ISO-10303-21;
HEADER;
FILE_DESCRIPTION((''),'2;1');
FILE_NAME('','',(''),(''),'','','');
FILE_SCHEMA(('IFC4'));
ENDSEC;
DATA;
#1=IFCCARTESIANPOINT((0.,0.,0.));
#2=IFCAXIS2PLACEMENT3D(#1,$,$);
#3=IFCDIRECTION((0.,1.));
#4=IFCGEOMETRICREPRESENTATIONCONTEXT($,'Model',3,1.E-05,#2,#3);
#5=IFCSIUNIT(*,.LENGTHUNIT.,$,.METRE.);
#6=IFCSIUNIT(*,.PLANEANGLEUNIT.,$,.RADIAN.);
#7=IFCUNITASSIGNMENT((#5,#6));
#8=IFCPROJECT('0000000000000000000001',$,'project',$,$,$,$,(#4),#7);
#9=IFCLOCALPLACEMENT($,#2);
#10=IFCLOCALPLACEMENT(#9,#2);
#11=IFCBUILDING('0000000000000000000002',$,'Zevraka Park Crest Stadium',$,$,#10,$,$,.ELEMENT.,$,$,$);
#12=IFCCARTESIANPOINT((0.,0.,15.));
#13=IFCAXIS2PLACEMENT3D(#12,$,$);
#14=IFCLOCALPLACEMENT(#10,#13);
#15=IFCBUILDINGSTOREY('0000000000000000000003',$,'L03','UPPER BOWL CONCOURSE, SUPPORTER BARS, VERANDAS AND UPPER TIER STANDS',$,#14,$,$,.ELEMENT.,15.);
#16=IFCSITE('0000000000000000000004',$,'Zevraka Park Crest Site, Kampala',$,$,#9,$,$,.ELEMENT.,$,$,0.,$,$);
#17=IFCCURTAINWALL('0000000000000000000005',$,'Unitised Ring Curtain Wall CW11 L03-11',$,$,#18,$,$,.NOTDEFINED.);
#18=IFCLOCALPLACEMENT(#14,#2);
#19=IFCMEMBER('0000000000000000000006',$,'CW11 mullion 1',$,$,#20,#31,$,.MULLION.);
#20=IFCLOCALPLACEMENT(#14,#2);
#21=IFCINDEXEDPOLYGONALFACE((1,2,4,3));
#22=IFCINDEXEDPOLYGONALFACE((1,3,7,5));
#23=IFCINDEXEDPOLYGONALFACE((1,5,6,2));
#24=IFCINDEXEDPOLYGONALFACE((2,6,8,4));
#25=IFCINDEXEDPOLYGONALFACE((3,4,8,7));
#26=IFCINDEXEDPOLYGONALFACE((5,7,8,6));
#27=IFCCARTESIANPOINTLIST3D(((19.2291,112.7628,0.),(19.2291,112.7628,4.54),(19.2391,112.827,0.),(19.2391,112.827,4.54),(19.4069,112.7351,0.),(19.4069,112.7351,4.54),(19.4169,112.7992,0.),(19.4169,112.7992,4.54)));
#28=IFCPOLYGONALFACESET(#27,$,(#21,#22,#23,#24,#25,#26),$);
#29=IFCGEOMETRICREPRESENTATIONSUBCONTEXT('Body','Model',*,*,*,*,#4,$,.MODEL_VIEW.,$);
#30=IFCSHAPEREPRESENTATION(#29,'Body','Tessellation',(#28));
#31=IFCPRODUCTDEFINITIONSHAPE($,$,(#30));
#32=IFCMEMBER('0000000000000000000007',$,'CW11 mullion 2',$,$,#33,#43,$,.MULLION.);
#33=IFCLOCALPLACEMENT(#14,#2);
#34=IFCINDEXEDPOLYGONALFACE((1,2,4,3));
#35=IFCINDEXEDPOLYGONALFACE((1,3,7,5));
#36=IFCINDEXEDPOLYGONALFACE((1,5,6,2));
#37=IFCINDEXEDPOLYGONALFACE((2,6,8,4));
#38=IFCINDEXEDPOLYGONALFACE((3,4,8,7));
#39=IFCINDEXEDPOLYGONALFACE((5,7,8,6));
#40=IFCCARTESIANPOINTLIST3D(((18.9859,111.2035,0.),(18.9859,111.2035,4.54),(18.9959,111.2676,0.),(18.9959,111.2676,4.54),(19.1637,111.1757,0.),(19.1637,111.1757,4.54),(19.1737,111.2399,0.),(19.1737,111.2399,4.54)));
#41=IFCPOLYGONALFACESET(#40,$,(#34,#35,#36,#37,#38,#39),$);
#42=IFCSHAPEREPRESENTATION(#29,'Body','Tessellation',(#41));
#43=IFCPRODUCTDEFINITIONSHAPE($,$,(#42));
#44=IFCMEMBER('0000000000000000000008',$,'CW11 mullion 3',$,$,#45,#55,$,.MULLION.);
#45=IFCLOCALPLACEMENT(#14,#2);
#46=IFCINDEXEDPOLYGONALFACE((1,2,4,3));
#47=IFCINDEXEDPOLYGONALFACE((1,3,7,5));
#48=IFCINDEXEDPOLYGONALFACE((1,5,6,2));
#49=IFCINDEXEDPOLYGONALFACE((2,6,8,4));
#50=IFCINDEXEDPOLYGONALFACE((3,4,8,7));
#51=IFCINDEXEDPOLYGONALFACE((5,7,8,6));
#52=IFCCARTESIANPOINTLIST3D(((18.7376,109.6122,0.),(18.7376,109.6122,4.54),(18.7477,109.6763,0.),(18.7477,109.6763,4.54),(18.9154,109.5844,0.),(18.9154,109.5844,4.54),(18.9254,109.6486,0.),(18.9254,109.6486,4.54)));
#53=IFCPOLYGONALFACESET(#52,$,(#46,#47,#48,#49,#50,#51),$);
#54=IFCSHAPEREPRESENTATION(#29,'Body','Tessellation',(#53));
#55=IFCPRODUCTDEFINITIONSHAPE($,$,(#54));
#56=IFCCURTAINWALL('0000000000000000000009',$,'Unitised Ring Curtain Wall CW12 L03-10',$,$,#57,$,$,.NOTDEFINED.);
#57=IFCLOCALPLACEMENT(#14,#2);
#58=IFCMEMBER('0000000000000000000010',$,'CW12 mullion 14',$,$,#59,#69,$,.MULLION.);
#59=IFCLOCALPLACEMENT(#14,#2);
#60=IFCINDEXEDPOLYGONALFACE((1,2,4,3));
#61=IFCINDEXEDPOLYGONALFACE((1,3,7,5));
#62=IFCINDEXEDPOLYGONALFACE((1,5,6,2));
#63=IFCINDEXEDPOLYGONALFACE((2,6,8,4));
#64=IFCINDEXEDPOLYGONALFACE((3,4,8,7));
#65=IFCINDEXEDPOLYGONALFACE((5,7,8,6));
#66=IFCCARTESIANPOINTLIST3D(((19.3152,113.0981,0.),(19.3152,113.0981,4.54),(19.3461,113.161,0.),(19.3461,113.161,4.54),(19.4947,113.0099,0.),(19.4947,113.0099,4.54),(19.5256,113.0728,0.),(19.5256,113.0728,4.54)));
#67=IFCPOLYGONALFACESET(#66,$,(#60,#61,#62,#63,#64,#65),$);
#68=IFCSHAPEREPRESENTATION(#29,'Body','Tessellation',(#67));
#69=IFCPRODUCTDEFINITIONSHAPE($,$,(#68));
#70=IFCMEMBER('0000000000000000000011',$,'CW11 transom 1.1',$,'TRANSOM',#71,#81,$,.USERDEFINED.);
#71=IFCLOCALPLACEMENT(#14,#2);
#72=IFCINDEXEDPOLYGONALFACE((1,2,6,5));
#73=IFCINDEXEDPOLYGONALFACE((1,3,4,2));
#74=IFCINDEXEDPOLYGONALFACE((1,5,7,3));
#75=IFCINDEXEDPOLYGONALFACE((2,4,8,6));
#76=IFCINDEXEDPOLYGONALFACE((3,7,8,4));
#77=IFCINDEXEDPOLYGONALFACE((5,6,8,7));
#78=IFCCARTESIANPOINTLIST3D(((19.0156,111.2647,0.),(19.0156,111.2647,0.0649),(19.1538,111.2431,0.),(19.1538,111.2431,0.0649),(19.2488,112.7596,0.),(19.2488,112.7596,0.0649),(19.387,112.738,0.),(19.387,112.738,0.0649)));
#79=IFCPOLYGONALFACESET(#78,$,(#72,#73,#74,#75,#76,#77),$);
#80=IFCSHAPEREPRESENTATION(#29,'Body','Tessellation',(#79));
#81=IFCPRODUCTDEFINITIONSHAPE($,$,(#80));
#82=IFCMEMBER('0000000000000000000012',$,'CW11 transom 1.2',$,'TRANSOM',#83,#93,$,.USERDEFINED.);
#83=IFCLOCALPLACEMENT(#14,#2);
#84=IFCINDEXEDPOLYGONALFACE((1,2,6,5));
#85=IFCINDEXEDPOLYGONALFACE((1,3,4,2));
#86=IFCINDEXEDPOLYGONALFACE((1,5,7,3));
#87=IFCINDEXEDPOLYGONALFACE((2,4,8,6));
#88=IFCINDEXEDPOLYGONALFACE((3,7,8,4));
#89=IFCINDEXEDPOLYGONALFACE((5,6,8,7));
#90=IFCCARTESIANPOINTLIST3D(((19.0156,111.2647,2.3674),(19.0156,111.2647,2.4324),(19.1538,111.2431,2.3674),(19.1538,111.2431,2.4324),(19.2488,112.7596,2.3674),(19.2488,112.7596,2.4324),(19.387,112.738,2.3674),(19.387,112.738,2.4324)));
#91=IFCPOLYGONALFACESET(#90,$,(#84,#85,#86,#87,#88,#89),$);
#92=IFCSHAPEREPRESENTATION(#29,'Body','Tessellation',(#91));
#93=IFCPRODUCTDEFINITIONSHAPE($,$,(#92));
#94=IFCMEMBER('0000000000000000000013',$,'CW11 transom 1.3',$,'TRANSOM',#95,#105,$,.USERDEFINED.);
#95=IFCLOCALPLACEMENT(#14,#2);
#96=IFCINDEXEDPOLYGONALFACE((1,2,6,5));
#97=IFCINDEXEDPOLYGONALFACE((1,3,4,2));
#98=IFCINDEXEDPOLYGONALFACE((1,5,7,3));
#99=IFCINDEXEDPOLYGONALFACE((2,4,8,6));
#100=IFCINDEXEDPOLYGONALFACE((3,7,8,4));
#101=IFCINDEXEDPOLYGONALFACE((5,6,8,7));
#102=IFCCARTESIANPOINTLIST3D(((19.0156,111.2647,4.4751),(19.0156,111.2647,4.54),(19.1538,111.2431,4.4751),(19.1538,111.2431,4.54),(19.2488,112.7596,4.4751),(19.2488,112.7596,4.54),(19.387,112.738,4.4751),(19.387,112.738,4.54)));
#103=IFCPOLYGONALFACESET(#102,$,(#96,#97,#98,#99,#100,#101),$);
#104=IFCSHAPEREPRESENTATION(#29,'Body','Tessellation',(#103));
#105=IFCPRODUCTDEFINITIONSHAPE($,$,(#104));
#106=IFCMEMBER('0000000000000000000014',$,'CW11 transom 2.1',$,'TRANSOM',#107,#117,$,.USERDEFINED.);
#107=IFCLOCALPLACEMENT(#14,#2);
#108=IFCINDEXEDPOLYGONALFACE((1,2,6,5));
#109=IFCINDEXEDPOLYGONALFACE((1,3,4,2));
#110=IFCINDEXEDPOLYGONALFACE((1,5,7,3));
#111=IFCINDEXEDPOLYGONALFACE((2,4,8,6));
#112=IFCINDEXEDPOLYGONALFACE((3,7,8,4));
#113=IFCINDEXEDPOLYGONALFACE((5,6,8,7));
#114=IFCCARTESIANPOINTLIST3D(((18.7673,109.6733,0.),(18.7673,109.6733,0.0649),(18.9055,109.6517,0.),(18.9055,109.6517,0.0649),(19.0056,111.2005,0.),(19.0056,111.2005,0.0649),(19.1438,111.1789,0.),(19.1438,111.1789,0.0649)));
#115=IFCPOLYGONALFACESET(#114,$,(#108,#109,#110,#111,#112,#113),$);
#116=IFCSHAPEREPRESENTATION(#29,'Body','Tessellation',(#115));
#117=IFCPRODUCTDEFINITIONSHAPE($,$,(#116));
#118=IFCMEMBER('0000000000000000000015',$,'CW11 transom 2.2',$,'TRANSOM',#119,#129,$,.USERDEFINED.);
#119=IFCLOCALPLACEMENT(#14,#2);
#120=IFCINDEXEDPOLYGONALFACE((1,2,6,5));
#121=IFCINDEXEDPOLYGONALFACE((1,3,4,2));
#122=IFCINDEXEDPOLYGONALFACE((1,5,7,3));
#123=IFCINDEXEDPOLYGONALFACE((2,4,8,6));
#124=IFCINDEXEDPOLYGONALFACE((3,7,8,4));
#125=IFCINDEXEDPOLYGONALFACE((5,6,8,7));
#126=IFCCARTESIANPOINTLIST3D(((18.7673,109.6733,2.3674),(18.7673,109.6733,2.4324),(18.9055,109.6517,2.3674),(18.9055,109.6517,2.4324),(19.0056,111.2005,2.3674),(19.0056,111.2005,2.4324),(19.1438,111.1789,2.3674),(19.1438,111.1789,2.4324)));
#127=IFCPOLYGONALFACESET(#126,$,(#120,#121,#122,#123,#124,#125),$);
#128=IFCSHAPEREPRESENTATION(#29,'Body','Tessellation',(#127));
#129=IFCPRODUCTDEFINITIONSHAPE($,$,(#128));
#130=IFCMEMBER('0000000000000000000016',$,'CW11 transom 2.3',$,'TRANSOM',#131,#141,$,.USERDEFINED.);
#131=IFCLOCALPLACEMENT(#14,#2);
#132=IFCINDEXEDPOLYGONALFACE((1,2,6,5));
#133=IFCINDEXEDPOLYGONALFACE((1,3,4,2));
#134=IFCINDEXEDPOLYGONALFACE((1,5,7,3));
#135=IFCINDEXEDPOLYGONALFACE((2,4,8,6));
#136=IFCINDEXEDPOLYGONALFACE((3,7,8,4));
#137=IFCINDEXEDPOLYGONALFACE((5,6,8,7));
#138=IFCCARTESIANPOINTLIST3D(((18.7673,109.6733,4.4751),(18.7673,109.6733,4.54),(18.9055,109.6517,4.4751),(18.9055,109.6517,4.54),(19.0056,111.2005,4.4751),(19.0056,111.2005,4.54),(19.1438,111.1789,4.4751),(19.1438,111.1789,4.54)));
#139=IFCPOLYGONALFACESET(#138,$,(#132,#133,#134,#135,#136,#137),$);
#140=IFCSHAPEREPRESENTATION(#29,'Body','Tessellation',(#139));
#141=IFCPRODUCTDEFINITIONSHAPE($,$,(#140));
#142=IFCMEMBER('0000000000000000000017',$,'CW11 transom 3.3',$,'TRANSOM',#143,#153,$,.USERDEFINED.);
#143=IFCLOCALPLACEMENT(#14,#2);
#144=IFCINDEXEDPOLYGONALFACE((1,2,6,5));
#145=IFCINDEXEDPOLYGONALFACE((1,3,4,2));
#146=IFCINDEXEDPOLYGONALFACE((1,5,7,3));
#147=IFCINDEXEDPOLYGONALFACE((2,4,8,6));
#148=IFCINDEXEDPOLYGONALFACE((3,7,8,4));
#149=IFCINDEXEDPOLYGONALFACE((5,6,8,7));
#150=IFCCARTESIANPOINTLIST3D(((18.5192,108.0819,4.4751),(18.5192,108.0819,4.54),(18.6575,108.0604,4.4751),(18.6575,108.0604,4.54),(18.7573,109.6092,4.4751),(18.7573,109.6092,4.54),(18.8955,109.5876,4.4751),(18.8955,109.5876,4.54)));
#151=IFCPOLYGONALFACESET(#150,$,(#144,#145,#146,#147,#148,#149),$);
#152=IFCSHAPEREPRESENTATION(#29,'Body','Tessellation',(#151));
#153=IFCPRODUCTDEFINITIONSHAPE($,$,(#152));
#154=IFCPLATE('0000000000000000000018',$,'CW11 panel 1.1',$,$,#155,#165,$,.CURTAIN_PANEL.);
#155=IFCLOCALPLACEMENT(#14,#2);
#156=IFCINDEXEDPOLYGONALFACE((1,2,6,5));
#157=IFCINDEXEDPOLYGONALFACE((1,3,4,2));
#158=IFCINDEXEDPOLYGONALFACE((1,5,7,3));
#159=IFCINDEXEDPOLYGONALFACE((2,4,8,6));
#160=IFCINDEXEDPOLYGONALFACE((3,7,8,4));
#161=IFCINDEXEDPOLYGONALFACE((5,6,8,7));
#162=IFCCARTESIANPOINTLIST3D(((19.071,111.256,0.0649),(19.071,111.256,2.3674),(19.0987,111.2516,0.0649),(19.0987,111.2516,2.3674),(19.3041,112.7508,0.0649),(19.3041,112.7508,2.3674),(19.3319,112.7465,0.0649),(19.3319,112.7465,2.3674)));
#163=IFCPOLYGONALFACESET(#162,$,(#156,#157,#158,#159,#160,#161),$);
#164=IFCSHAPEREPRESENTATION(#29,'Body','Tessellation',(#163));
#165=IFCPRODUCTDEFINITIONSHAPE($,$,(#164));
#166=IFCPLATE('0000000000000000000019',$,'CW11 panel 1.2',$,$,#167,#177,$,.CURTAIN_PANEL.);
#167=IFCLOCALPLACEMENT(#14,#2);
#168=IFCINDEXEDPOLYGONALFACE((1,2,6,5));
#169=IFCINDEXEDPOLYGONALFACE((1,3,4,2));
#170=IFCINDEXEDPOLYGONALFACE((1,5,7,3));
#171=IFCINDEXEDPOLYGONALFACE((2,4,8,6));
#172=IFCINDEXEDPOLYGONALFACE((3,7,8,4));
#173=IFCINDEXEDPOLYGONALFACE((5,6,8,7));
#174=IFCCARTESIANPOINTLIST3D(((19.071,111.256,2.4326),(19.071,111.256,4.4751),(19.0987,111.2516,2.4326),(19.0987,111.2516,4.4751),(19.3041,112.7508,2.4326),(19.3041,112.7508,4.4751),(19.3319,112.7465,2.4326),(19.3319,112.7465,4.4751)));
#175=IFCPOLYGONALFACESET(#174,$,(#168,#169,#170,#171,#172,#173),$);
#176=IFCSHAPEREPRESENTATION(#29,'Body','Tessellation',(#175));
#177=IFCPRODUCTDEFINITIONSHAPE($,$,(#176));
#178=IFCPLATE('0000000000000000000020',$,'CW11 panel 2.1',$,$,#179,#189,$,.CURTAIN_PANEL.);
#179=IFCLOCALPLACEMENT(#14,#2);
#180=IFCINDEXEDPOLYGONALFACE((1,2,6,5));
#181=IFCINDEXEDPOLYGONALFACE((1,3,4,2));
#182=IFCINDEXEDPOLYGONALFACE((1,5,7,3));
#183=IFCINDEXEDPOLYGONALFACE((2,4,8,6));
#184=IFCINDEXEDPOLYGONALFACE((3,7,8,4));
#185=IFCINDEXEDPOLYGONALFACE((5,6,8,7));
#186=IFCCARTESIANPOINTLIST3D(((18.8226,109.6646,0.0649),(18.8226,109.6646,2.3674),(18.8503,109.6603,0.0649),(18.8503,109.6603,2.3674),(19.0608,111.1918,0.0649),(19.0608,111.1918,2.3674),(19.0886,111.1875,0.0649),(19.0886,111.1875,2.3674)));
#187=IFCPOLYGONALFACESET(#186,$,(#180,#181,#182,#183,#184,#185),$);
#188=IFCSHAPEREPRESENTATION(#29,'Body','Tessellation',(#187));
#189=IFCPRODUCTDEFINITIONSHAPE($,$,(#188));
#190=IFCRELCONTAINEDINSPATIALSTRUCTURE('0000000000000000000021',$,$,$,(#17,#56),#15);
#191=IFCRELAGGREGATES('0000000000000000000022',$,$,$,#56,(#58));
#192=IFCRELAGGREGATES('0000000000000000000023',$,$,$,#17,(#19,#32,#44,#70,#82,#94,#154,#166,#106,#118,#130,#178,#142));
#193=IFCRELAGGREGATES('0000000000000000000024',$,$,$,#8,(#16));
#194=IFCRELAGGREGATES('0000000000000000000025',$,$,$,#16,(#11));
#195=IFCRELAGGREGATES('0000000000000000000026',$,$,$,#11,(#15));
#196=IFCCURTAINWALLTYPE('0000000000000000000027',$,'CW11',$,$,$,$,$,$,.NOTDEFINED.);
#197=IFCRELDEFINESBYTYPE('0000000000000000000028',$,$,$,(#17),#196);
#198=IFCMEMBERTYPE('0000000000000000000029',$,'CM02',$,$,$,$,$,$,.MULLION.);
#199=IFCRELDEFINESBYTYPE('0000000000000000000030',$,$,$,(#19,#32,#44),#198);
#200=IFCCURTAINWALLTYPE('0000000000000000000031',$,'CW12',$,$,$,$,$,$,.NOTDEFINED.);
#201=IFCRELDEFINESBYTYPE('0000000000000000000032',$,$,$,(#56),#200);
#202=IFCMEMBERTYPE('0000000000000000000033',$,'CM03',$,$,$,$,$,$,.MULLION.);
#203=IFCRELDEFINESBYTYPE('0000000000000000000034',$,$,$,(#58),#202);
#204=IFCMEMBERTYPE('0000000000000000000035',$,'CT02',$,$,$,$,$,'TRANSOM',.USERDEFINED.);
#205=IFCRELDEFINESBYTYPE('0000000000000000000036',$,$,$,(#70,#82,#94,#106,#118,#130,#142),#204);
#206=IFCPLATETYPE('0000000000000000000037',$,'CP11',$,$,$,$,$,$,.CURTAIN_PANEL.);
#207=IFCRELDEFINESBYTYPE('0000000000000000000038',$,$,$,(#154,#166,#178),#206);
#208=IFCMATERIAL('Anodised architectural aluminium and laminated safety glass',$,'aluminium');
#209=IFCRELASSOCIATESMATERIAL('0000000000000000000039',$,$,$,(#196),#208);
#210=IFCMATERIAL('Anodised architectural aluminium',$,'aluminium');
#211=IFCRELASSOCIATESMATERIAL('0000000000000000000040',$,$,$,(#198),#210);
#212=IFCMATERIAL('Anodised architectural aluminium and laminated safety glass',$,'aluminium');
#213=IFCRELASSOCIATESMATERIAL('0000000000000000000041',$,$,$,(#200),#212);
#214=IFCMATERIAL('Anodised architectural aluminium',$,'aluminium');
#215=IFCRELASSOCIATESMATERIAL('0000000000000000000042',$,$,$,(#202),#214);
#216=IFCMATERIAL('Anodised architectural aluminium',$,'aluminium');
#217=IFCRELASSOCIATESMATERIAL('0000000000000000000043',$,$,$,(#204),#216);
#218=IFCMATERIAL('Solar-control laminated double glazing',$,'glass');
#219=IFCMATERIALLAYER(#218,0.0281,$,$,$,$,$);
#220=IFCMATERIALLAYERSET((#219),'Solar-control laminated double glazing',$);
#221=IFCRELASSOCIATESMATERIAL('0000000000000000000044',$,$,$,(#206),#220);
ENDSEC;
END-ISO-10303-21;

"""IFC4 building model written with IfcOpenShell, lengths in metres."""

from ifc_helpers import new_model, si_unit, direction, frame, origin, origin_2d, place, context, subcontext, project, spatial, rectangle, extrude, material, layer, layer_set, material_profile, profile_set, type_object, element, aggregate, save


model = new_model("IFC4")

# Units and contexts
model_context = context("Model", 3, precision=1e-05, world=origin(), true_north=direction((0.0, 1.0)))
body_context = subcontext(model_context, "Body", "Model", "MODEL_VIEW")
ifc_project = project(units=[si_unit("LENGTHUNIT", "METRE"), si_unit("PLANEANGLEUNIT", "RADIAN")], contexts=[model_context])

# Site, building, storey
site_placement = place(None, origin())
site = spatial("IfcSite", under=ifc_project, at=site_placement, Name="Zevraka Park Crest Site, Kampala", CompositionType="ELEMENT", RefElevation=0.0)
building_placement = place(site_placement, origin())
building = spatial("IfcBuilding", under=site, at=building_placement, Name="Zevraka Park Crest Stadium", CompositionType="ELEMENT")
storey_placement = place(building_placement, frame((0.0, 0.0, 15.0)))
storey = spatial("IfcBuildingStorey", under=building, at=storey_placement, Name="L03", Description="UPPER BOWL CONCOURSE, SUPPORTER BARS, VERANDAS AND UPPER TIER STANDS", CompositionType="ELEMENT", Elevation=15.0)

# Curtain wall, members
ifc_material_1 = material(Name="Anodised architectural aluminium and laminated safety glass", Category="aluminium")
curtain_wall_type_1 = type_object("IfcCurtainWallType", Name="CW11", PredefinedType="NOTDEFINED", material=ifc_material_1)
curtain_wall_1_placement = place(storey_placement, origin())
curtain_wall_1 = element("IfcCurtainWall", 1, at=curtain_wall_1_placement, inside=storey, type_object=curtain_wall_type_1, Name="Unitised Ring Curtain Wall CW11 L03-11", PredefinedType="NOTDEFINED")
ifc_material_2 = material(Name="Anodised architectural aluminium", Category="aluminium")
ifc_material_profile_1 = material_profile(ifc_material_2, rectangle(XDim=0.1799, YDim=0.0649, at=origin_2d()), Name="ALU MULLION 180x65")
ifc_profile_set_1 = profile_set([ifc_material_profile_1], Name="Anodised architectural aluminium")
member_type_1 = type_object("IfcMemberType", Name="CM02", PredefinedType="MULLION", material=ifc_profile_set_1)
member_1_placement = place(storey_placement, frame((19.323, 112.781, 0.0), z_axis=(0.0, 0.0, 1.0), x_axis=(0.988051, -0.154128, 0.0)))
member_1 = element("IfcMember", 2, at=member_1_placement, type_object=member_type_1, Name="CW11 mullion 1", PredefinedType="MULLION", context=body_context, shape_type="SweptSolid", body=[
    extrude(rectangle(XDim=0.1799, YDim=0.0649, at=origin_2d()), origin(), (0.0, 0.0, 1.0), 4.54),
])
member_2_placement = place(storey_placement, frame((19.0798, 111.2217, 0.0), z_axis=(0.0, 0.0, 1.0), x_axis=(0.988051, -0.154128, 0.0)))
member_2 = element("IfcMember", 3, at=member_2_placement, type_object=member_type_1, Name="CW11 mullion 2", PredefinedType="MULLION", context=body_context, shape_type="SweptSolid", body=[
    extrude(rectangle(XDim=0.1799, YDim=0.0649, at=origin_2d()), origin(), (0.0, 0.0, 1.0), 4.54),
])
member_3_placement = place(storey_placement, frame((18.8315, 109.6304, 0.0), z_axis=(0.0, 0.0, 1.0), x_axis=(0.988051, -0.154128, 0.0)))
member_3 = element("IfcMember", 4, at=member_3_placement, type_object=member_type_1, Name="CW11 mullion 3", PredefinedType="MULLION", context=body_context, shape_type="SweptSolid", body=[
    extrude(rectangle(XDim=0.1799, YDim=0.0649, at=origin_2d()), origin(), (0.0, 0.0, 1.0), 4.54),
])

# Curtain wall, member
ifc_material_3 = material(Name="Anodised architectural aluminium and laminated safety glass", Category="aluminium")
curtain_wall_type_2 = type_object("IfcCurtainWallType", Name="CW12", PredefinedType="NOTDEFINED", material=ifc_material_3)
curtain_wall_2_placement = place(storey_placement, origin())
curtain_wall_2 = element("IfcCurtainWall", 5, at=curtain_wall_2_placement, inside=storey, type_object=curtain_wall_type_2, Name="Unitised Ring Curtain Wall CW12 L03-10", PredefinedType="NOTDEFINED")
ifc_material_4 = material(Name="Anodised architectural aluminium", Category="aluminium")
ifc_material_profile_2 = material_profile(ifc_material_4, rectangle(XDim=0.2, YDim=0.0701, at=origin_2d()), Name="ALU MULLION 200x70")
ifc_profile_set_2 = profile_set([ifc_material_profile_2], Name="Anodised architectural aluminium")
member_type_2 = type_object("IfcMemberType", Name="CM03", PredefinedType="MULLION", material=ifc_profile_set_2)
member_4_placement = place(storey_placement, frame((19.4204, 113.0854, 0.0), z_axis=(0.0, 0.0, 1.0), x_axis=(0.897671, -0.440666, 0.0)))
member_4 = element("IfcMember", 6, at=member_4_placement, type_object=member_type_2, Name="CW12 mullion 14", PredefinedType="MULLION", context=body_context, shape_type="SweptSolid", body=[
    extrude(rectangle(XDim=0.2, YDim=0.0701, at=origin_2d()), origin(), (0.0, 0.0, 1.0), 4.54),
])
aggregate(curtain_wall_2, [member_4])

# Members
ifc_material_5 = material(Name="Anodised architectural aluminium", Category="aluminium")
ifc_material_profile_3 = material_profile(ifc_material_5, rectangle(XDim=0.1399, YDim=0.0649, at=origin_2d()), Name="ALU TRANSOM 140x65")
ifc_profile_set_3 = profile_set([ifc_material_profile_3], Name="Anodised architectural aluminium")
member_type_3 = type_object("IfcMemberType", Name="CT02", ElementType="TRANSOM", PredefinedType="USERDEFINED", material=ifc_profile_set_3)
member_5_placement = place(storey_placement, frame((19.3179, 112.7488, 0.0325), z_axis=(-0.154106, -0.988054, 0.0), x_axis=(0.988054, -0.154106, 0.0)))
member_5 = element("IfcMember", 7, at=member_5_placement, type_object=member_type_3, Name="CW11 transom 1.1", ObjectType="TRANSOM", PredefinedType="USERDEFINED", context=body_context, shape_type="SweptSolid", body=[
    extrude(rectangle(XDim=0.1399, YDim=0.0649, at=origin_2d()), origin(), (0.0, 0.0, 1.0), 1.5129),
])
member_6_placement = place(storey_placement, frame((19.3179, 112.7488, 2.3999), z_axis=(-0.154106, -0.988054, 0.0), x_axis=(0.988054, -0.154106, 0.0)))
member_6 = element("IfcMember", 8, at=member_6_placement, type_object=member_type_3, Name="CW11 transom 1.2", ObjectType="TRANSOM", PredefinedType="USERDEFINED", context=body_context, shape_type="SweptSolid", body=[
    extrude(rectangle(XDim=0.1399, YDim=0.0649, at=origin_2d()), origin(), (0.0, 0.0, 1.0), 1.5129),
])
member_7_placement = place(storey_placement, frame((19.3179, 112.7488, 4.5076), z_axis=(-0.154106, -0.988054, 0.0), x_axis=(0.988054, -0.154106, 0.0)))
member_7 = element("IfcMember", 9, at=member_7_placement, type_object=member_type_3, Name="CW11 transom 1.3", ObjectType="TRANSOM", PredefinedType="USERDEFINED", context=body_context, shape_type="SweptSolid", body=[
    extrude(rectangle(XDim=0.1399, YDim=0.0649, at=origin_2d()), origin(), (0.0, 0.0, 1.0), 1.5129),
])
member_8_placement = place(storey_placement, frame((19.0747, 111.1897, 0.0325), z_axis=(-0.15417, -0.988044, 0.0), x_axis=(0.988044, -0.15417, 0.0)))
member_8 = element("IfcMember", 10, at=member_8_placement, type_object=member_type_3, Name="CW11 transom 2.1", ObjectType="TRANSOM", PredefinedType="USERDEFINED", context=body_context, shape_type="SweptSolid", body=[
    extrude(rectangle(XDim=0.1399, YDim=0.0649, at=origin_2d()), origin(), (0.0, 0.0, 1.0), 1.5457),
])
member_9_placement = place(storey_placement, frame((19.0747, 111.1897, 2.3999), z_axis=(-0.15417, -0.988044, 0.0), x_axis=(0.988044, -0.15417, 0.0)))
member_9 = element("IfcMember", 11, at=member_9_placement, type_object=member_type_3, Name="CW11 transom 2.2", ObjectType="TRANSOM", PredefinedType="USERDEFINED", context=body_context, shape_type="SweptSolid", body=[
    extrude(rectangle(XDim=0.1399, YDim=0.0649, at=origin_2d()), origin(), (0.0, 0.0, 1.0), 1.5457),
])
member_10_placement = place(storey_placement, frame((19.0747, 111.1897, 4.5076), z_axis=(-0.15417, -0.988044, 0.0), x_axis=(0.988044, -0.15417, 0.0)))
member_10 = element("IfcMember", 12, at=member_10_placement, type_object=member_type_3, Name="CW11 transom 2.3", ObjectType="TRANSOM", PredefinedType="USERDEFINED", context=body_context, shape_type="SweptSolid", body=[
    extrude(rectangle(XDim=0.1399, YDim=0.0649, at=origin_2d()), origin(), (0.0, 0.0, 1.0), 1.5457),
])
member_11_placement = place(storey_placement, frame((18.8264, 109.5984, 4.5076), z_axis=(-0.154015, -0.988068, 0.0), x_axis=(0.988068, -0.154015, 0.0)))
member_11 = element("IfcMember", 13, at=member_11_placement, type_object=member_type_3, Name="CW11 transom 3.3", ObjectType="TRANSOM", PredefinedType="USERDEFINED", context=body_context, shape_type="SweptSolid", body=[
    extrude(rectangle(XDim=0.1399, YDim=0.0649, at=origin_2d()), origin(), (0.0, 0.0, 1.0), 1.5457),
])

# Plates
ifc_material_6 = material(Name="Solar-control laminated double glazing", Category="glass")
ifc_layer_1 = layer(ifc_material_6, 0.0281)
ifc_layer_set_1 = layer_set([ifc_layer_1], Name="Solar-control laminated double glazing")
plate_type = type_object("IfcPlateType", Name="CP11", PredefinedType="CURTAIN_PANEL", material=ifc_layer_set_1)
plate_1_placement = place(storey_placement, frame((19.2014, 112.0012, 0.0649), z_axis=(0.0, 0.0, 1.0), x_axis=(-0.154128, -0.988051, 0.0)))
plate_1 = element("IfcPlate", 14, at=plate_1_placement, type_object=plate_type, Name="CW11 panel 1.1", PredefinedType="CURTAIN_PANEL", context=body_context, shape_type="SweptSolid", body=[
    extrude(rectangle(XDim=1.5129, YDim=0.0281, at=origin_2d()), origin(), (0.0, 0.0, 1.0), 2.3025),
])
plate_2_placement = place(storey_placement, frame((19.2014, 112.0012, 2.4326), z_axis=(0.0, 0.0, 1.0), x_axis=(-0.154128, -0.988051, 0.0)))
plate_2 = element("IfcPlate", 15, at=plate_2_placement, type_object=plate_type, Name="CW11 panel 1.2", PredefinedType="CURTAIN_PANEL", context=body_context, shape_type="SweptSolid", body=[
    extrude(rectangle(XDim=1.5129, YDim=0.0281, at=origin_2d()), origin(), (0.0, 0.0, 1.0), 2.0425),
])
plate_3_placement = place(storey_placement, frame((18.9556, 110.426, 0.0649), z_axis=(0.0, 0.0, 1.0), x_axis=(-0.154128, -0.988051, 0.0)))
plate_3 = element("IfcPlate", 16, at=plate_3_placement, type_object=plate_type, Name="CW11 panel 2.1", PredefinedType="CURTAIN_PANEL", context=body_context, shape_type="SweptSolid", body=[
    extrude(rectangle(XDim=1.5457, YDim=0.0281, at=origin_2d()), origin(), (0.0, 0.0, 1.0), 2.3025),
])
aggregate(curtain_wall_1, [member_1, member_2, member_3, member_5, member_6, member_7, plate_1, plate_2, member_8, member_9, member_10, plate_3, member_11])

save(model, "model.ifc")
